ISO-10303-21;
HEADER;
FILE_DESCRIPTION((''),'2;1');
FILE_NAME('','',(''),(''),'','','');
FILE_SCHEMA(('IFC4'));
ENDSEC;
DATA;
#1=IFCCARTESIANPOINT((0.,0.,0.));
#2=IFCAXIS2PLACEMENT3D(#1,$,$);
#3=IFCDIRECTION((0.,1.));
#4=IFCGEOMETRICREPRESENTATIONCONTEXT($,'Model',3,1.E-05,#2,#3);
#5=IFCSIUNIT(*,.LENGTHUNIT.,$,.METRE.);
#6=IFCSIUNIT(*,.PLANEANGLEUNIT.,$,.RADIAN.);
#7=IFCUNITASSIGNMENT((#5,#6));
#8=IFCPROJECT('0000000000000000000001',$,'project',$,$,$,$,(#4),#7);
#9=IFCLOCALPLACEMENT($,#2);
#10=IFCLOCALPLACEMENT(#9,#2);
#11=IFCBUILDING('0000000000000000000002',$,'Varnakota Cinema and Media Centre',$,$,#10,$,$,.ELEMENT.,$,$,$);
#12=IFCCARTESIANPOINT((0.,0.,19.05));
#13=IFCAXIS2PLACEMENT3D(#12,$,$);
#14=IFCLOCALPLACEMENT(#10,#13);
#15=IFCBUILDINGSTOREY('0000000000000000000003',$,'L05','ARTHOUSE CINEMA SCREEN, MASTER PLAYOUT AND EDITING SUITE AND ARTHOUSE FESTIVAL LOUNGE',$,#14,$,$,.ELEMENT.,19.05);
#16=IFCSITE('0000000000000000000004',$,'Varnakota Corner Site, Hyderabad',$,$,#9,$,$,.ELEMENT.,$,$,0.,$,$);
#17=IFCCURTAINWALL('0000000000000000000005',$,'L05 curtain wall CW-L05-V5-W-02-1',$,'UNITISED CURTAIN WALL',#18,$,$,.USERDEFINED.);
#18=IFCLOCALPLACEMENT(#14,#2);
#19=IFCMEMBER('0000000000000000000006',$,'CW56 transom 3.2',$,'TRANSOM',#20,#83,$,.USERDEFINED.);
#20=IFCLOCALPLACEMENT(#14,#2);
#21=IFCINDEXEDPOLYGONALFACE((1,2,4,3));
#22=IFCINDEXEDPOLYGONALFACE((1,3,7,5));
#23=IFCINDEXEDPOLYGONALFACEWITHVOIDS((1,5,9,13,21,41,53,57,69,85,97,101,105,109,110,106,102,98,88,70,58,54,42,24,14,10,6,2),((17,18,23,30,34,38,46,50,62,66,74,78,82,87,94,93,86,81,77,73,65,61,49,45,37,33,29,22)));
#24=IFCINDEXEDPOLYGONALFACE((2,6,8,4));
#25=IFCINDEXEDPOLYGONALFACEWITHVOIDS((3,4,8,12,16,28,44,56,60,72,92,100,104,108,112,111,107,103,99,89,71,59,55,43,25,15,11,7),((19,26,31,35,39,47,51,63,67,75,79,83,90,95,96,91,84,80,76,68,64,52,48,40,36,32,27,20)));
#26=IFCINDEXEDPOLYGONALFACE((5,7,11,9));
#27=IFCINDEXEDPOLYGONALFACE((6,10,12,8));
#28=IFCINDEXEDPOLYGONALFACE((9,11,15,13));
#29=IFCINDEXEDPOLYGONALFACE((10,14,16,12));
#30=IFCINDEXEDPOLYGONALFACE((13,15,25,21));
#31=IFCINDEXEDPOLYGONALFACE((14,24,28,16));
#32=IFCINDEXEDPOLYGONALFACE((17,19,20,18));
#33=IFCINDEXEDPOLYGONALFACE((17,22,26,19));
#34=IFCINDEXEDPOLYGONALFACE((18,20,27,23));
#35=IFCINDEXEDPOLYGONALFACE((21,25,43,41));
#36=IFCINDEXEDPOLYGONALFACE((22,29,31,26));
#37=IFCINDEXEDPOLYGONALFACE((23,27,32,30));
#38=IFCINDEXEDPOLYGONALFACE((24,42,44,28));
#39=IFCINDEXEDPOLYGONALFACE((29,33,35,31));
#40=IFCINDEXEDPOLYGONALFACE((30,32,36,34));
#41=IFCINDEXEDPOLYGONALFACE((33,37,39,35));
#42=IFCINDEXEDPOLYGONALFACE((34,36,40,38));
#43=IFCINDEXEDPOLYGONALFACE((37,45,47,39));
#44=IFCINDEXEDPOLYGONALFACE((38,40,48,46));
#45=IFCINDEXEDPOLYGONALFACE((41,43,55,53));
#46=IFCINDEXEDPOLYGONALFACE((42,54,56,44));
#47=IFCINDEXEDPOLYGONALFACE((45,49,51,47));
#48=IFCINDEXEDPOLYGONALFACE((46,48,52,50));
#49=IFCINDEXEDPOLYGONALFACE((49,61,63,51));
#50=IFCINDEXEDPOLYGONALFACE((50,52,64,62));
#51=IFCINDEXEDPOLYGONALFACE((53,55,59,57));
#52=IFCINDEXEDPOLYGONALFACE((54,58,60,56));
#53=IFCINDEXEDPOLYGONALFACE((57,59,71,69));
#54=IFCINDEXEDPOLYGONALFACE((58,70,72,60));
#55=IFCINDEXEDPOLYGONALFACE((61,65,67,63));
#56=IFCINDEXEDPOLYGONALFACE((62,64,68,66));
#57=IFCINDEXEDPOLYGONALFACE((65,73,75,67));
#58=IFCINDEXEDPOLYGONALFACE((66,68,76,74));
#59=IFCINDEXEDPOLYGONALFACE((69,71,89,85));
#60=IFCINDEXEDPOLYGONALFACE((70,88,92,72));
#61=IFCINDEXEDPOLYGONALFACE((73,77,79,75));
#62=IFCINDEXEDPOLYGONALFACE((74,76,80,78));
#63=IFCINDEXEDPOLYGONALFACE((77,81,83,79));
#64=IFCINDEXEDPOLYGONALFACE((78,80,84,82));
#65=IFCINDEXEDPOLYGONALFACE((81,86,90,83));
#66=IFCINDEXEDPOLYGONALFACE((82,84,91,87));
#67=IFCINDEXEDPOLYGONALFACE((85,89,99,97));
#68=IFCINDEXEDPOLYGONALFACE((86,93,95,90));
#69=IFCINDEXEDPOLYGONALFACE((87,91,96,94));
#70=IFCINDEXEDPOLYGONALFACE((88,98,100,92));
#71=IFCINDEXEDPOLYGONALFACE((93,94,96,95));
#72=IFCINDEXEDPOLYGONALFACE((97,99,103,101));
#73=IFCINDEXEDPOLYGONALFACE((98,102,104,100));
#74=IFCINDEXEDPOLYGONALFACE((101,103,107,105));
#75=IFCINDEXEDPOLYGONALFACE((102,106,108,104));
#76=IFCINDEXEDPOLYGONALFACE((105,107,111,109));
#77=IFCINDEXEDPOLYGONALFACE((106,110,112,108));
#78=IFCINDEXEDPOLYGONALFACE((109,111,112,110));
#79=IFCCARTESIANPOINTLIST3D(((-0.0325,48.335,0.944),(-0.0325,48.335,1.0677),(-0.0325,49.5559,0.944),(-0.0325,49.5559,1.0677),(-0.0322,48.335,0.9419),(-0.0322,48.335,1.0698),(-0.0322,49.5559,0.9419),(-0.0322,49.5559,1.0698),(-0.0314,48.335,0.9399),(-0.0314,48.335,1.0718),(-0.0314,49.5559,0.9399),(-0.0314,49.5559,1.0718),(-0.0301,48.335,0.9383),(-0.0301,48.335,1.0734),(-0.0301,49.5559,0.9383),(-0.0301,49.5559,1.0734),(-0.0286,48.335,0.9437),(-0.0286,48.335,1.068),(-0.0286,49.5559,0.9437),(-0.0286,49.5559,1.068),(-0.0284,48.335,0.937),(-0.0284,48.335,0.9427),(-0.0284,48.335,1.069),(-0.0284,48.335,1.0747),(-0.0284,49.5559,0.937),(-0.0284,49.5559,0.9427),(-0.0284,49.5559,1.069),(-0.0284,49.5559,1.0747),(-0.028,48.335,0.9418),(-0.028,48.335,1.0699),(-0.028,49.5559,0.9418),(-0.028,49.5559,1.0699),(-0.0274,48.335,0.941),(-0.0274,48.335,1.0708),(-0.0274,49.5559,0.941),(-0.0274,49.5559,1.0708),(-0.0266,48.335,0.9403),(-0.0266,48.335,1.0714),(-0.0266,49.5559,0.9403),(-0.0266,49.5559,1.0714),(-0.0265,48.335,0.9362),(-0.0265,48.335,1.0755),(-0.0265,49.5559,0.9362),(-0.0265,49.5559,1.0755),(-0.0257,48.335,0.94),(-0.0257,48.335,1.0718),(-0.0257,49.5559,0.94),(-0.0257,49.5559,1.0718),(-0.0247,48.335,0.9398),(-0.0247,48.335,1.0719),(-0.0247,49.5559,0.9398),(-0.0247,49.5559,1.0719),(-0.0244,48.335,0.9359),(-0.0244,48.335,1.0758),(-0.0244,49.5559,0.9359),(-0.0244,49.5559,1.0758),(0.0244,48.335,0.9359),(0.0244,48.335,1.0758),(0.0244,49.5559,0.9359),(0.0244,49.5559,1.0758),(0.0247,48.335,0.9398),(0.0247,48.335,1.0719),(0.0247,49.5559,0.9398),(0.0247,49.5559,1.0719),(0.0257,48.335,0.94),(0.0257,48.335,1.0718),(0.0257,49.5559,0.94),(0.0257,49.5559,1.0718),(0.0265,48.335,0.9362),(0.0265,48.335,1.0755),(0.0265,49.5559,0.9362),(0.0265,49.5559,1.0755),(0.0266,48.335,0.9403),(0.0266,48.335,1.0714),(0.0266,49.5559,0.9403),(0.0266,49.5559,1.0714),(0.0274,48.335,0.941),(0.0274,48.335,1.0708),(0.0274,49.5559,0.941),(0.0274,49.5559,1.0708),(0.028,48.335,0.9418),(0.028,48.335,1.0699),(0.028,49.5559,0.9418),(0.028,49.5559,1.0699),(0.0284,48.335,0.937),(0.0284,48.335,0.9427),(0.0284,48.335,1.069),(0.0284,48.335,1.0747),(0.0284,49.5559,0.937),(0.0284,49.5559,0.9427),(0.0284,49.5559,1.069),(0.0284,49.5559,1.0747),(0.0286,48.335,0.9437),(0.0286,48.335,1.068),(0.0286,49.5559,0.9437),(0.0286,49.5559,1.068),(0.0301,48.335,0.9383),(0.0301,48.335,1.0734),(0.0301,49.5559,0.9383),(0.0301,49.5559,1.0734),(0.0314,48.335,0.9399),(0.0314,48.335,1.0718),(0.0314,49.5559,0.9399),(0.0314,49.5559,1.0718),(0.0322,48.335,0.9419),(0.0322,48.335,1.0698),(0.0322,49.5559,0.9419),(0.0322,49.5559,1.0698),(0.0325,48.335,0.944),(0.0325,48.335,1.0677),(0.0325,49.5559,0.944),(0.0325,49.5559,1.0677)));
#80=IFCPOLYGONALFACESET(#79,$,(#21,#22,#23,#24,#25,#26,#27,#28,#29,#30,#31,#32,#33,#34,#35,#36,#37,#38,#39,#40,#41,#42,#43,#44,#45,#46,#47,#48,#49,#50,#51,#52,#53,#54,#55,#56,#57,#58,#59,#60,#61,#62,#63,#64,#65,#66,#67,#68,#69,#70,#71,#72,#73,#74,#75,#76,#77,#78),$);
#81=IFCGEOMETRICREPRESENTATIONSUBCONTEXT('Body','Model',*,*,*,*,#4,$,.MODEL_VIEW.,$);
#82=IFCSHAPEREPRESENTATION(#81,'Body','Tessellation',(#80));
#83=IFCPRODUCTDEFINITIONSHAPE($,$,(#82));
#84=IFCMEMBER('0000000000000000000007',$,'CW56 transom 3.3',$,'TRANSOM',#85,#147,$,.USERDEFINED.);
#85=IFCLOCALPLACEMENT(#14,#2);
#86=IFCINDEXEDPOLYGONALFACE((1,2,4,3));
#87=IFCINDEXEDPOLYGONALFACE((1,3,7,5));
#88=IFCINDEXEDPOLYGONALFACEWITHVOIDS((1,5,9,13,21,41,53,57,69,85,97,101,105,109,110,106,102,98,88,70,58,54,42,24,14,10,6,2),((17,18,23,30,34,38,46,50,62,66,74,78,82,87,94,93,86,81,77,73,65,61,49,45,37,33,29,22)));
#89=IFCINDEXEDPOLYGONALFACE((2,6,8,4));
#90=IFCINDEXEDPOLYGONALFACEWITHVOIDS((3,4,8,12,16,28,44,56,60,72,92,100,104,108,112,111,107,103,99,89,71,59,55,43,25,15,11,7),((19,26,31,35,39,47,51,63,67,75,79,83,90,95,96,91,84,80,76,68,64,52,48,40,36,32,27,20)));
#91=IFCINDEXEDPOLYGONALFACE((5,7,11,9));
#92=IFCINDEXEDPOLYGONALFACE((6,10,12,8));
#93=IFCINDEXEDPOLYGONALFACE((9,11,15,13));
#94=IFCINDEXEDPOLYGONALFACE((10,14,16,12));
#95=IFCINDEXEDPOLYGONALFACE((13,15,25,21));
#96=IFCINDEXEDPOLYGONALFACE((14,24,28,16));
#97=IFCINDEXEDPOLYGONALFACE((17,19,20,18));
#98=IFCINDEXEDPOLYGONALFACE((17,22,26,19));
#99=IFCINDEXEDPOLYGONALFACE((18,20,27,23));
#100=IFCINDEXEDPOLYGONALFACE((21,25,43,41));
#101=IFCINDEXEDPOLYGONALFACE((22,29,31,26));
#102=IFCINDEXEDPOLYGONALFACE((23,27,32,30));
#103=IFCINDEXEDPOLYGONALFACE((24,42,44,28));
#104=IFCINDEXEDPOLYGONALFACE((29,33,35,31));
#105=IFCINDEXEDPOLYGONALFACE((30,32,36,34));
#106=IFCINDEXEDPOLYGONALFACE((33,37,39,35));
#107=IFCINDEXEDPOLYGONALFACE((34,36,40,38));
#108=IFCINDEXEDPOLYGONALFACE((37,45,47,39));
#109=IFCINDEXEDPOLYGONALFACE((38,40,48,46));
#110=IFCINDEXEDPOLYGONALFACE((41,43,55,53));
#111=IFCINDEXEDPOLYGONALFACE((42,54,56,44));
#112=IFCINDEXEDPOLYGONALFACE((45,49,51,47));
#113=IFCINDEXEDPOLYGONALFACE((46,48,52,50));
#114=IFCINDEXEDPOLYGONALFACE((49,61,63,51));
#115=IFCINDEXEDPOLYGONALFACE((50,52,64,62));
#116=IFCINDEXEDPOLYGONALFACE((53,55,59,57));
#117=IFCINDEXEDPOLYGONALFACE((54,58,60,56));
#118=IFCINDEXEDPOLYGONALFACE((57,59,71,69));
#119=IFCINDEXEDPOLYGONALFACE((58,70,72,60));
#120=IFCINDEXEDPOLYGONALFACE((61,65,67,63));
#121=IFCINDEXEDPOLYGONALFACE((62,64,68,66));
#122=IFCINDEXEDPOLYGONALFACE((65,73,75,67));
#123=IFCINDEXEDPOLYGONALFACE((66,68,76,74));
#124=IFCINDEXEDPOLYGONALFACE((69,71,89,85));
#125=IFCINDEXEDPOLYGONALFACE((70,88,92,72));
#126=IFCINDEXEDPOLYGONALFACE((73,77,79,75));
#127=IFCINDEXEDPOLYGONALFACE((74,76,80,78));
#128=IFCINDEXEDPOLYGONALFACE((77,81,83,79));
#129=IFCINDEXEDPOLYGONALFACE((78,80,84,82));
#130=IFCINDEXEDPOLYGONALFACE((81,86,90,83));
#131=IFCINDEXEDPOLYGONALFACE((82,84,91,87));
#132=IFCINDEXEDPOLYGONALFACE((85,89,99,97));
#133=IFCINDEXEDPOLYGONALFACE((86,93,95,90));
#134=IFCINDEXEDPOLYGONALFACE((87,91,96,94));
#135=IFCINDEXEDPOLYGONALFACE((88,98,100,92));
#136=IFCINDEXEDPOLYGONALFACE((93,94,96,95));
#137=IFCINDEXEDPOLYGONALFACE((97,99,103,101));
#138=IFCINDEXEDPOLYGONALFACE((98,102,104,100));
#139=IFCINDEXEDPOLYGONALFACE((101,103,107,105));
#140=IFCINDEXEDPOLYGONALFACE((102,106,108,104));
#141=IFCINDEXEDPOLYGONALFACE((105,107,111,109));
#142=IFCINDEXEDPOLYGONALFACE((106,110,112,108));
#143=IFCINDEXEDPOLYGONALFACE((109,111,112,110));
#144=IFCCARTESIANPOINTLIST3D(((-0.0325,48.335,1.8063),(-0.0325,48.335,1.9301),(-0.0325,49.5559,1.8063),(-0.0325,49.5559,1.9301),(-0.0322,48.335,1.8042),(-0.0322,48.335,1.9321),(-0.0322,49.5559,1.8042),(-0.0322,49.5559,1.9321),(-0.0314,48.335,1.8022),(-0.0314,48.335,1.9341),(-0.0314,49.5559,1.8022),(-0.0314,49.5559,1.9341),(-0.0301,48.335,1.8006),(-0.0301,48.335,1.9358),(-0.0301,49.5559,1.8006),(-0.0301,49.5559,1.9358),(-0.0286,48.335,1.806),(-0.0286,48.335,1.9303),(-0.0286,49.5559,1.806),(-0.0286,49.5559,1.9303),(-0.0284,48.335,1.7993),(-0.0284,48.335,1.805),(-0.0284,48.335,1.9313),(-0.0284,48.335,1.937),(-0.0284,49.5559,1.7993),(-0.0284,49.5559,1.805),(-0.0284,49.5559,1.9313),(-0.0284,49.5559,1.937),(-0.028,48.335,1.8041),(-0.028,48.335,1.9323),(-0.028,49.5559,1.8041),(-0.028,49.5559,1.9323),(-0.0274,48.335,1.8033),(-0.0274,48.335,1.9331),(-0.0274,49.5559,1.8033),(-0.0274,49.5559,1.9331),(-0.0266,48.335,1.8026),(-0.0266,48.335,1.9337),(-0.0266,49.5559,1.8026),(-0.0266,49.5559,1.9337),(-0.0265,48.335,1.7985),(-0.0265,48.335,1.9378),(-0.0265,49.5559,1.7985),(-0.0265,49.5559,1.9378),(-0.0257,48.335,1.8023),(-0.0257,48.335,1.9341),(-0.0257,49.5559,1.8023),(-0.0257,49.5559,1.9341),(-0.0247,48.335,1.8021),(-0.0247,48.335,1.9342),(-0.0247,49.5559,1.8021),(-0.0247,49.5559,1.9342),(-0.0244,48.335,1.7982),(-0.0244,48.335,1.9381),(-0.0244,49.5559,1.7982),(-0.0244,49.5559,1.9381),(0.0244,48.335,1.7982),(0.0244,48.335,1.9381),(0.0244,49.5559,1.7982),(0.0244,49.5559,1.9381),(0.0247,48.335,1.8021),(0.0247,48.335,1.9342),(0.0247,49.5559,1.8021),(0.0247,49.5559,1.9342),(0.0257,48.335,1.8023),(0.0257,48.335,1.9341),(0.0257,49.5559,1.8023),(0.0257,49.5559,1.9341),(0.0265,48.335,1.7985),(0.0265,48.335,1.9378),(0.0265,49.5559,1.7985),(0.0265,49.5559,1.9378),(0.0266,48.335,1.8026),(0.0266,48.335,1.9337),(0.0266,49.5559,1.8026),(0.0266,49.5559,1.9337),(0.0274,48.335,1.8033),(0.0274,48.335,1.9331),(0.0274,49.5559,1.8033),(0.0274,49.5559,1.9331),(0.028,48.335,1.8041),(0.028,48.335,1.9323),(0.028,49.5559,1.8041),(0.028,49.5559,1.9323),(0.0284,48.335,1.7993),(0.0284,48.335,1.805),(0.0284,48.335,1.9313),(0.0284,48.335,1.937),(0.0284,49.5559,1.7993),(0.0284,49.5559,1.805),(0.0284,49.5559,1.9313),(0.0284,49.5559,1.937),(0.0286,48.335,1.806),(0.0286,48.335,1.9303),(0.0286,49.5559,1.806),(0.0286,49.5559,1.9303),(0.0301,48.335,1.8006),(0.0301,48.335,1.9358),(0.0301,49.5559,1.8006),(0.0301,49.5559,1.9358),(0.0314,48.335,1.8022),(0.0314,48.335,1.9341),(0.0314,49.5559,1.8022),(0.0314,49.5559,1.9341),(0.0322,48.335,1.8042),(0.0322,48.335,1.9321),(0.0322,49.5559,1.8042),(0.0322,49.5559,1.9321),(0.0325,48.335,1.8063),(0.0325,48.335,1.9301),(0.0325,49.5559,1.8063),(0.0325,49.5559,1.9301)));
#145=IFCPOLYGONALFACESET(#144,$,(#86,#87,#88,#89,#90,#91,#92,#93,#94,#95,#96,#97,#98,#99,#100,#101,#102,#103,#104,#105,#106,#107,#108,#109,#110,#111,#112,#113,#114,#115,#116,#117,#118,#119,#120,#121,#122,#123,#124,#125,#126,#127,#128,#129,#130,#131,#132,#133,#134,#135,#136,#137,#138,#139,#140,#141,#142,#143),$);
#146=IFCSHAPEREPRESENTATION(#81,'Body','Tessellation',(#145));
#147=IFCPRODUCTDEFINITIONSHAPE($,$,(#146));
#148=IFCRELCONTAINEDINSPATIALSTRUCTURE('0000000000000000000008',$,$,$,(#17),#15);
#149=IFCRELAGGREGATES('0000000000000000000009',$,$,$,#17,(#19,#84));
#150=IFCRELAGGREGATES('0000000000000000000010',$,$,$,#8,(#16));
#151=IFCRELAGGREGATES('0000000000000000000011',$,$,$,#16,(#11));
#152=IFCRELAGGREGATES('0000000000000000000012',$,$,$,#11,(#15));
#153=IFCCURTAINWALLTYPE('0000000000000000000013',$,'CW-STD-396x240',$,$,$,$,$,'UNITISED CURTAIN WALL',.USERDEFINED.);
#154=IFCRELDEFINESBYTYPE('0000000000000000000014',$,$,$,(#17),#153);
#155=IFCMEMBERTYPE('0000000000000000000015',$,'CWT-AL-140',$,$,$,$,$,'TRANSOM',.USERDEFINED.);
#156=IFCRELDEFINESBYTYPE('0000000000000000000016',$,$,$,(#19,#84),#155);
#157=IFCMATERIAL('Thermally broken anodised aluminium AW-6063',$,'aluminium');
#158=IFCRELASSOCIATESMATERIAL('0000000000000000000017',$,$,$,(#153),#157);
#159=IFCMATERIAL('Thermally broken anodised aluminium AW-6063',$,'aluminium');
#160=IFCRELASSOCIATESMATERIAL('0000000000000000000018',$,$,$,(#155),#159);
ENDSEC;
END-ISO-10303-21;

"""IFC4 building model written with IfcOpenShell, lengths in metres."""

from ifc_helpers import new_model, si_unit, direction, frame, origin, origin_2d, place, context, subcontext, project, spatial, hollow_rectangle, extrude, material, material_profile, profile_set, type_object, element, aggregate, save


model = new_model("IFC4")

# Units and contexts
model_context = context("Model", 3, precision=1e-05, world=origin(), true_north=direction((0.0, 1.0)))
body_context = subcontext(model_context, "Body", "Model", "MODEL_VIEW")
ifc_project = project(units=[si_unit("LENGTHUNIT", "METRE"), si_unit("PLANEANGLEUNIT", "RADIAN")], contexts=[model_context])

# Site, building, storey
site_placement = place(None, origin())
site = spatial("IfcSite", under=ifc_project, at=site_placement, Name="Varnakota Corner Site, Hyderabad", CompositionType="ELEMENT", RefElevation=0.0)
building_placement = place(site_placement, origin())
building = spatial("IfcBuilding", under=site, at=building_placement, Name="Varnakota Cinema and Media Centre", CompositionType="ELEMENT")
storey_placement = place(building_placement, frame((0.0, 0.0, 19.05)))
storey = spatial("IfcBuildingStorey", under=building, at=storey_placement, Name="L05", Description="ARTHOUSE CINEMA SCREEN, MASTER PLAYOUT AND EDITING SUITE AND ARTHOUSE FESTIVAL LOUNGE", CompositionType="ELEMENT", Elevation=19.05)

# Curtain wall, members
ifc_material_1 = material(Name="Thermally broken anodised aluminium AW-6063", Category="aluminium")
curtain_wall_type = type_object("IfcCurtainWallType", Name="CW-STD-396x240", ElementType="UNITISED CURTAIN WALL", PredefinedType="USERDEFINED", material=ifc_material_1)
curtain_wall_placement = place(storey_placement, origin())
curtain_wall = element("IfcCurtainWall", 1, at=curtain_wall_placement, inside=storey, type_object=curtain_wall_type, Name="L05 curtain wall CW-L05-V5-W-02-1", ObjectType="UNITISED CURTAIN WALL", PredefinedType="USERDEFINED")
ifc_material_2 = material(Name="Thermally broken anodised aluminium AW-6063", Category="aluminium")
ifc_material_profile_1 = material_profile(ifc_material_2, hollow_rectangle(XDim=0.0649, YDim=0.1399, WallThickness=0.0039, InnerFilletRadius=0.0039, OuterFilletRadius=0.0081, at=origin_2d()), Name="AL-TRANSOM 140x65x4")
ifc_profile_set_1 = profile_set([ifc_material_profile_1], Name="Thermally broken anodised aluminium AW-6063")
member_type_1 = type_object("IfcMemberType", Name="CWT-AL-140", ElementType="TRANSOM", PredefinedType="USERDEFINED", material=ifc_profile_set_1)
member_1_placement = place(storey_placement, frame((0.0, 49.5559, 1.0059), z_axis=(0.0, -1.0, 0.0), x_axis=(1.0, 0.0, 0.0)))
member_1 = element("IfcMember", 2, at=member_1_placement, type_object=member_type_1, Name="CW56 transom 3.2", ObjectType="TRANSOM", PredefinedType="USERDEFINED", context=body_context, shape_type="SweptSolid", body=[
    extrude(hollow_rectangle(XDim=0.0649, YDim=0.1399, WallThickness=0.0039, InnerFilletRadius=0.0039, OuterFilletRadius=0.0081, at=origin_2d()), origin(), (0.0, 0.0, 1.0), 1.2209),
])
member_2_placement = place(storey_placement, frame((0.0, 49.5559, 1.8682), z_axis=(0.0, -1.0, 0.0), x_axis=(1.0, 0.0, 0.0)))
member_2 = element("IfcMember", 3, at=member_2_placement, type_object=member_type_1, Name="CW56 transom 3.3", ObjectType="TRANSOM", PredefinedType="USERDEFINED", context=body_context, shape_type="SweptSolid", body=[
    extrude(hollow_rectangle(XDim=0.0649, YDim=0.1399, WallThickness=0.0039, InnerFilletRadius=0.0039, OuterFilletRadius=0.0081, at=origin_2d()), origin(), (0.0, 0.0, 1.0), 1.2209),
])
aggregate(curtain_wall, [member_1, member_2])

save(model, "model.ifc")
